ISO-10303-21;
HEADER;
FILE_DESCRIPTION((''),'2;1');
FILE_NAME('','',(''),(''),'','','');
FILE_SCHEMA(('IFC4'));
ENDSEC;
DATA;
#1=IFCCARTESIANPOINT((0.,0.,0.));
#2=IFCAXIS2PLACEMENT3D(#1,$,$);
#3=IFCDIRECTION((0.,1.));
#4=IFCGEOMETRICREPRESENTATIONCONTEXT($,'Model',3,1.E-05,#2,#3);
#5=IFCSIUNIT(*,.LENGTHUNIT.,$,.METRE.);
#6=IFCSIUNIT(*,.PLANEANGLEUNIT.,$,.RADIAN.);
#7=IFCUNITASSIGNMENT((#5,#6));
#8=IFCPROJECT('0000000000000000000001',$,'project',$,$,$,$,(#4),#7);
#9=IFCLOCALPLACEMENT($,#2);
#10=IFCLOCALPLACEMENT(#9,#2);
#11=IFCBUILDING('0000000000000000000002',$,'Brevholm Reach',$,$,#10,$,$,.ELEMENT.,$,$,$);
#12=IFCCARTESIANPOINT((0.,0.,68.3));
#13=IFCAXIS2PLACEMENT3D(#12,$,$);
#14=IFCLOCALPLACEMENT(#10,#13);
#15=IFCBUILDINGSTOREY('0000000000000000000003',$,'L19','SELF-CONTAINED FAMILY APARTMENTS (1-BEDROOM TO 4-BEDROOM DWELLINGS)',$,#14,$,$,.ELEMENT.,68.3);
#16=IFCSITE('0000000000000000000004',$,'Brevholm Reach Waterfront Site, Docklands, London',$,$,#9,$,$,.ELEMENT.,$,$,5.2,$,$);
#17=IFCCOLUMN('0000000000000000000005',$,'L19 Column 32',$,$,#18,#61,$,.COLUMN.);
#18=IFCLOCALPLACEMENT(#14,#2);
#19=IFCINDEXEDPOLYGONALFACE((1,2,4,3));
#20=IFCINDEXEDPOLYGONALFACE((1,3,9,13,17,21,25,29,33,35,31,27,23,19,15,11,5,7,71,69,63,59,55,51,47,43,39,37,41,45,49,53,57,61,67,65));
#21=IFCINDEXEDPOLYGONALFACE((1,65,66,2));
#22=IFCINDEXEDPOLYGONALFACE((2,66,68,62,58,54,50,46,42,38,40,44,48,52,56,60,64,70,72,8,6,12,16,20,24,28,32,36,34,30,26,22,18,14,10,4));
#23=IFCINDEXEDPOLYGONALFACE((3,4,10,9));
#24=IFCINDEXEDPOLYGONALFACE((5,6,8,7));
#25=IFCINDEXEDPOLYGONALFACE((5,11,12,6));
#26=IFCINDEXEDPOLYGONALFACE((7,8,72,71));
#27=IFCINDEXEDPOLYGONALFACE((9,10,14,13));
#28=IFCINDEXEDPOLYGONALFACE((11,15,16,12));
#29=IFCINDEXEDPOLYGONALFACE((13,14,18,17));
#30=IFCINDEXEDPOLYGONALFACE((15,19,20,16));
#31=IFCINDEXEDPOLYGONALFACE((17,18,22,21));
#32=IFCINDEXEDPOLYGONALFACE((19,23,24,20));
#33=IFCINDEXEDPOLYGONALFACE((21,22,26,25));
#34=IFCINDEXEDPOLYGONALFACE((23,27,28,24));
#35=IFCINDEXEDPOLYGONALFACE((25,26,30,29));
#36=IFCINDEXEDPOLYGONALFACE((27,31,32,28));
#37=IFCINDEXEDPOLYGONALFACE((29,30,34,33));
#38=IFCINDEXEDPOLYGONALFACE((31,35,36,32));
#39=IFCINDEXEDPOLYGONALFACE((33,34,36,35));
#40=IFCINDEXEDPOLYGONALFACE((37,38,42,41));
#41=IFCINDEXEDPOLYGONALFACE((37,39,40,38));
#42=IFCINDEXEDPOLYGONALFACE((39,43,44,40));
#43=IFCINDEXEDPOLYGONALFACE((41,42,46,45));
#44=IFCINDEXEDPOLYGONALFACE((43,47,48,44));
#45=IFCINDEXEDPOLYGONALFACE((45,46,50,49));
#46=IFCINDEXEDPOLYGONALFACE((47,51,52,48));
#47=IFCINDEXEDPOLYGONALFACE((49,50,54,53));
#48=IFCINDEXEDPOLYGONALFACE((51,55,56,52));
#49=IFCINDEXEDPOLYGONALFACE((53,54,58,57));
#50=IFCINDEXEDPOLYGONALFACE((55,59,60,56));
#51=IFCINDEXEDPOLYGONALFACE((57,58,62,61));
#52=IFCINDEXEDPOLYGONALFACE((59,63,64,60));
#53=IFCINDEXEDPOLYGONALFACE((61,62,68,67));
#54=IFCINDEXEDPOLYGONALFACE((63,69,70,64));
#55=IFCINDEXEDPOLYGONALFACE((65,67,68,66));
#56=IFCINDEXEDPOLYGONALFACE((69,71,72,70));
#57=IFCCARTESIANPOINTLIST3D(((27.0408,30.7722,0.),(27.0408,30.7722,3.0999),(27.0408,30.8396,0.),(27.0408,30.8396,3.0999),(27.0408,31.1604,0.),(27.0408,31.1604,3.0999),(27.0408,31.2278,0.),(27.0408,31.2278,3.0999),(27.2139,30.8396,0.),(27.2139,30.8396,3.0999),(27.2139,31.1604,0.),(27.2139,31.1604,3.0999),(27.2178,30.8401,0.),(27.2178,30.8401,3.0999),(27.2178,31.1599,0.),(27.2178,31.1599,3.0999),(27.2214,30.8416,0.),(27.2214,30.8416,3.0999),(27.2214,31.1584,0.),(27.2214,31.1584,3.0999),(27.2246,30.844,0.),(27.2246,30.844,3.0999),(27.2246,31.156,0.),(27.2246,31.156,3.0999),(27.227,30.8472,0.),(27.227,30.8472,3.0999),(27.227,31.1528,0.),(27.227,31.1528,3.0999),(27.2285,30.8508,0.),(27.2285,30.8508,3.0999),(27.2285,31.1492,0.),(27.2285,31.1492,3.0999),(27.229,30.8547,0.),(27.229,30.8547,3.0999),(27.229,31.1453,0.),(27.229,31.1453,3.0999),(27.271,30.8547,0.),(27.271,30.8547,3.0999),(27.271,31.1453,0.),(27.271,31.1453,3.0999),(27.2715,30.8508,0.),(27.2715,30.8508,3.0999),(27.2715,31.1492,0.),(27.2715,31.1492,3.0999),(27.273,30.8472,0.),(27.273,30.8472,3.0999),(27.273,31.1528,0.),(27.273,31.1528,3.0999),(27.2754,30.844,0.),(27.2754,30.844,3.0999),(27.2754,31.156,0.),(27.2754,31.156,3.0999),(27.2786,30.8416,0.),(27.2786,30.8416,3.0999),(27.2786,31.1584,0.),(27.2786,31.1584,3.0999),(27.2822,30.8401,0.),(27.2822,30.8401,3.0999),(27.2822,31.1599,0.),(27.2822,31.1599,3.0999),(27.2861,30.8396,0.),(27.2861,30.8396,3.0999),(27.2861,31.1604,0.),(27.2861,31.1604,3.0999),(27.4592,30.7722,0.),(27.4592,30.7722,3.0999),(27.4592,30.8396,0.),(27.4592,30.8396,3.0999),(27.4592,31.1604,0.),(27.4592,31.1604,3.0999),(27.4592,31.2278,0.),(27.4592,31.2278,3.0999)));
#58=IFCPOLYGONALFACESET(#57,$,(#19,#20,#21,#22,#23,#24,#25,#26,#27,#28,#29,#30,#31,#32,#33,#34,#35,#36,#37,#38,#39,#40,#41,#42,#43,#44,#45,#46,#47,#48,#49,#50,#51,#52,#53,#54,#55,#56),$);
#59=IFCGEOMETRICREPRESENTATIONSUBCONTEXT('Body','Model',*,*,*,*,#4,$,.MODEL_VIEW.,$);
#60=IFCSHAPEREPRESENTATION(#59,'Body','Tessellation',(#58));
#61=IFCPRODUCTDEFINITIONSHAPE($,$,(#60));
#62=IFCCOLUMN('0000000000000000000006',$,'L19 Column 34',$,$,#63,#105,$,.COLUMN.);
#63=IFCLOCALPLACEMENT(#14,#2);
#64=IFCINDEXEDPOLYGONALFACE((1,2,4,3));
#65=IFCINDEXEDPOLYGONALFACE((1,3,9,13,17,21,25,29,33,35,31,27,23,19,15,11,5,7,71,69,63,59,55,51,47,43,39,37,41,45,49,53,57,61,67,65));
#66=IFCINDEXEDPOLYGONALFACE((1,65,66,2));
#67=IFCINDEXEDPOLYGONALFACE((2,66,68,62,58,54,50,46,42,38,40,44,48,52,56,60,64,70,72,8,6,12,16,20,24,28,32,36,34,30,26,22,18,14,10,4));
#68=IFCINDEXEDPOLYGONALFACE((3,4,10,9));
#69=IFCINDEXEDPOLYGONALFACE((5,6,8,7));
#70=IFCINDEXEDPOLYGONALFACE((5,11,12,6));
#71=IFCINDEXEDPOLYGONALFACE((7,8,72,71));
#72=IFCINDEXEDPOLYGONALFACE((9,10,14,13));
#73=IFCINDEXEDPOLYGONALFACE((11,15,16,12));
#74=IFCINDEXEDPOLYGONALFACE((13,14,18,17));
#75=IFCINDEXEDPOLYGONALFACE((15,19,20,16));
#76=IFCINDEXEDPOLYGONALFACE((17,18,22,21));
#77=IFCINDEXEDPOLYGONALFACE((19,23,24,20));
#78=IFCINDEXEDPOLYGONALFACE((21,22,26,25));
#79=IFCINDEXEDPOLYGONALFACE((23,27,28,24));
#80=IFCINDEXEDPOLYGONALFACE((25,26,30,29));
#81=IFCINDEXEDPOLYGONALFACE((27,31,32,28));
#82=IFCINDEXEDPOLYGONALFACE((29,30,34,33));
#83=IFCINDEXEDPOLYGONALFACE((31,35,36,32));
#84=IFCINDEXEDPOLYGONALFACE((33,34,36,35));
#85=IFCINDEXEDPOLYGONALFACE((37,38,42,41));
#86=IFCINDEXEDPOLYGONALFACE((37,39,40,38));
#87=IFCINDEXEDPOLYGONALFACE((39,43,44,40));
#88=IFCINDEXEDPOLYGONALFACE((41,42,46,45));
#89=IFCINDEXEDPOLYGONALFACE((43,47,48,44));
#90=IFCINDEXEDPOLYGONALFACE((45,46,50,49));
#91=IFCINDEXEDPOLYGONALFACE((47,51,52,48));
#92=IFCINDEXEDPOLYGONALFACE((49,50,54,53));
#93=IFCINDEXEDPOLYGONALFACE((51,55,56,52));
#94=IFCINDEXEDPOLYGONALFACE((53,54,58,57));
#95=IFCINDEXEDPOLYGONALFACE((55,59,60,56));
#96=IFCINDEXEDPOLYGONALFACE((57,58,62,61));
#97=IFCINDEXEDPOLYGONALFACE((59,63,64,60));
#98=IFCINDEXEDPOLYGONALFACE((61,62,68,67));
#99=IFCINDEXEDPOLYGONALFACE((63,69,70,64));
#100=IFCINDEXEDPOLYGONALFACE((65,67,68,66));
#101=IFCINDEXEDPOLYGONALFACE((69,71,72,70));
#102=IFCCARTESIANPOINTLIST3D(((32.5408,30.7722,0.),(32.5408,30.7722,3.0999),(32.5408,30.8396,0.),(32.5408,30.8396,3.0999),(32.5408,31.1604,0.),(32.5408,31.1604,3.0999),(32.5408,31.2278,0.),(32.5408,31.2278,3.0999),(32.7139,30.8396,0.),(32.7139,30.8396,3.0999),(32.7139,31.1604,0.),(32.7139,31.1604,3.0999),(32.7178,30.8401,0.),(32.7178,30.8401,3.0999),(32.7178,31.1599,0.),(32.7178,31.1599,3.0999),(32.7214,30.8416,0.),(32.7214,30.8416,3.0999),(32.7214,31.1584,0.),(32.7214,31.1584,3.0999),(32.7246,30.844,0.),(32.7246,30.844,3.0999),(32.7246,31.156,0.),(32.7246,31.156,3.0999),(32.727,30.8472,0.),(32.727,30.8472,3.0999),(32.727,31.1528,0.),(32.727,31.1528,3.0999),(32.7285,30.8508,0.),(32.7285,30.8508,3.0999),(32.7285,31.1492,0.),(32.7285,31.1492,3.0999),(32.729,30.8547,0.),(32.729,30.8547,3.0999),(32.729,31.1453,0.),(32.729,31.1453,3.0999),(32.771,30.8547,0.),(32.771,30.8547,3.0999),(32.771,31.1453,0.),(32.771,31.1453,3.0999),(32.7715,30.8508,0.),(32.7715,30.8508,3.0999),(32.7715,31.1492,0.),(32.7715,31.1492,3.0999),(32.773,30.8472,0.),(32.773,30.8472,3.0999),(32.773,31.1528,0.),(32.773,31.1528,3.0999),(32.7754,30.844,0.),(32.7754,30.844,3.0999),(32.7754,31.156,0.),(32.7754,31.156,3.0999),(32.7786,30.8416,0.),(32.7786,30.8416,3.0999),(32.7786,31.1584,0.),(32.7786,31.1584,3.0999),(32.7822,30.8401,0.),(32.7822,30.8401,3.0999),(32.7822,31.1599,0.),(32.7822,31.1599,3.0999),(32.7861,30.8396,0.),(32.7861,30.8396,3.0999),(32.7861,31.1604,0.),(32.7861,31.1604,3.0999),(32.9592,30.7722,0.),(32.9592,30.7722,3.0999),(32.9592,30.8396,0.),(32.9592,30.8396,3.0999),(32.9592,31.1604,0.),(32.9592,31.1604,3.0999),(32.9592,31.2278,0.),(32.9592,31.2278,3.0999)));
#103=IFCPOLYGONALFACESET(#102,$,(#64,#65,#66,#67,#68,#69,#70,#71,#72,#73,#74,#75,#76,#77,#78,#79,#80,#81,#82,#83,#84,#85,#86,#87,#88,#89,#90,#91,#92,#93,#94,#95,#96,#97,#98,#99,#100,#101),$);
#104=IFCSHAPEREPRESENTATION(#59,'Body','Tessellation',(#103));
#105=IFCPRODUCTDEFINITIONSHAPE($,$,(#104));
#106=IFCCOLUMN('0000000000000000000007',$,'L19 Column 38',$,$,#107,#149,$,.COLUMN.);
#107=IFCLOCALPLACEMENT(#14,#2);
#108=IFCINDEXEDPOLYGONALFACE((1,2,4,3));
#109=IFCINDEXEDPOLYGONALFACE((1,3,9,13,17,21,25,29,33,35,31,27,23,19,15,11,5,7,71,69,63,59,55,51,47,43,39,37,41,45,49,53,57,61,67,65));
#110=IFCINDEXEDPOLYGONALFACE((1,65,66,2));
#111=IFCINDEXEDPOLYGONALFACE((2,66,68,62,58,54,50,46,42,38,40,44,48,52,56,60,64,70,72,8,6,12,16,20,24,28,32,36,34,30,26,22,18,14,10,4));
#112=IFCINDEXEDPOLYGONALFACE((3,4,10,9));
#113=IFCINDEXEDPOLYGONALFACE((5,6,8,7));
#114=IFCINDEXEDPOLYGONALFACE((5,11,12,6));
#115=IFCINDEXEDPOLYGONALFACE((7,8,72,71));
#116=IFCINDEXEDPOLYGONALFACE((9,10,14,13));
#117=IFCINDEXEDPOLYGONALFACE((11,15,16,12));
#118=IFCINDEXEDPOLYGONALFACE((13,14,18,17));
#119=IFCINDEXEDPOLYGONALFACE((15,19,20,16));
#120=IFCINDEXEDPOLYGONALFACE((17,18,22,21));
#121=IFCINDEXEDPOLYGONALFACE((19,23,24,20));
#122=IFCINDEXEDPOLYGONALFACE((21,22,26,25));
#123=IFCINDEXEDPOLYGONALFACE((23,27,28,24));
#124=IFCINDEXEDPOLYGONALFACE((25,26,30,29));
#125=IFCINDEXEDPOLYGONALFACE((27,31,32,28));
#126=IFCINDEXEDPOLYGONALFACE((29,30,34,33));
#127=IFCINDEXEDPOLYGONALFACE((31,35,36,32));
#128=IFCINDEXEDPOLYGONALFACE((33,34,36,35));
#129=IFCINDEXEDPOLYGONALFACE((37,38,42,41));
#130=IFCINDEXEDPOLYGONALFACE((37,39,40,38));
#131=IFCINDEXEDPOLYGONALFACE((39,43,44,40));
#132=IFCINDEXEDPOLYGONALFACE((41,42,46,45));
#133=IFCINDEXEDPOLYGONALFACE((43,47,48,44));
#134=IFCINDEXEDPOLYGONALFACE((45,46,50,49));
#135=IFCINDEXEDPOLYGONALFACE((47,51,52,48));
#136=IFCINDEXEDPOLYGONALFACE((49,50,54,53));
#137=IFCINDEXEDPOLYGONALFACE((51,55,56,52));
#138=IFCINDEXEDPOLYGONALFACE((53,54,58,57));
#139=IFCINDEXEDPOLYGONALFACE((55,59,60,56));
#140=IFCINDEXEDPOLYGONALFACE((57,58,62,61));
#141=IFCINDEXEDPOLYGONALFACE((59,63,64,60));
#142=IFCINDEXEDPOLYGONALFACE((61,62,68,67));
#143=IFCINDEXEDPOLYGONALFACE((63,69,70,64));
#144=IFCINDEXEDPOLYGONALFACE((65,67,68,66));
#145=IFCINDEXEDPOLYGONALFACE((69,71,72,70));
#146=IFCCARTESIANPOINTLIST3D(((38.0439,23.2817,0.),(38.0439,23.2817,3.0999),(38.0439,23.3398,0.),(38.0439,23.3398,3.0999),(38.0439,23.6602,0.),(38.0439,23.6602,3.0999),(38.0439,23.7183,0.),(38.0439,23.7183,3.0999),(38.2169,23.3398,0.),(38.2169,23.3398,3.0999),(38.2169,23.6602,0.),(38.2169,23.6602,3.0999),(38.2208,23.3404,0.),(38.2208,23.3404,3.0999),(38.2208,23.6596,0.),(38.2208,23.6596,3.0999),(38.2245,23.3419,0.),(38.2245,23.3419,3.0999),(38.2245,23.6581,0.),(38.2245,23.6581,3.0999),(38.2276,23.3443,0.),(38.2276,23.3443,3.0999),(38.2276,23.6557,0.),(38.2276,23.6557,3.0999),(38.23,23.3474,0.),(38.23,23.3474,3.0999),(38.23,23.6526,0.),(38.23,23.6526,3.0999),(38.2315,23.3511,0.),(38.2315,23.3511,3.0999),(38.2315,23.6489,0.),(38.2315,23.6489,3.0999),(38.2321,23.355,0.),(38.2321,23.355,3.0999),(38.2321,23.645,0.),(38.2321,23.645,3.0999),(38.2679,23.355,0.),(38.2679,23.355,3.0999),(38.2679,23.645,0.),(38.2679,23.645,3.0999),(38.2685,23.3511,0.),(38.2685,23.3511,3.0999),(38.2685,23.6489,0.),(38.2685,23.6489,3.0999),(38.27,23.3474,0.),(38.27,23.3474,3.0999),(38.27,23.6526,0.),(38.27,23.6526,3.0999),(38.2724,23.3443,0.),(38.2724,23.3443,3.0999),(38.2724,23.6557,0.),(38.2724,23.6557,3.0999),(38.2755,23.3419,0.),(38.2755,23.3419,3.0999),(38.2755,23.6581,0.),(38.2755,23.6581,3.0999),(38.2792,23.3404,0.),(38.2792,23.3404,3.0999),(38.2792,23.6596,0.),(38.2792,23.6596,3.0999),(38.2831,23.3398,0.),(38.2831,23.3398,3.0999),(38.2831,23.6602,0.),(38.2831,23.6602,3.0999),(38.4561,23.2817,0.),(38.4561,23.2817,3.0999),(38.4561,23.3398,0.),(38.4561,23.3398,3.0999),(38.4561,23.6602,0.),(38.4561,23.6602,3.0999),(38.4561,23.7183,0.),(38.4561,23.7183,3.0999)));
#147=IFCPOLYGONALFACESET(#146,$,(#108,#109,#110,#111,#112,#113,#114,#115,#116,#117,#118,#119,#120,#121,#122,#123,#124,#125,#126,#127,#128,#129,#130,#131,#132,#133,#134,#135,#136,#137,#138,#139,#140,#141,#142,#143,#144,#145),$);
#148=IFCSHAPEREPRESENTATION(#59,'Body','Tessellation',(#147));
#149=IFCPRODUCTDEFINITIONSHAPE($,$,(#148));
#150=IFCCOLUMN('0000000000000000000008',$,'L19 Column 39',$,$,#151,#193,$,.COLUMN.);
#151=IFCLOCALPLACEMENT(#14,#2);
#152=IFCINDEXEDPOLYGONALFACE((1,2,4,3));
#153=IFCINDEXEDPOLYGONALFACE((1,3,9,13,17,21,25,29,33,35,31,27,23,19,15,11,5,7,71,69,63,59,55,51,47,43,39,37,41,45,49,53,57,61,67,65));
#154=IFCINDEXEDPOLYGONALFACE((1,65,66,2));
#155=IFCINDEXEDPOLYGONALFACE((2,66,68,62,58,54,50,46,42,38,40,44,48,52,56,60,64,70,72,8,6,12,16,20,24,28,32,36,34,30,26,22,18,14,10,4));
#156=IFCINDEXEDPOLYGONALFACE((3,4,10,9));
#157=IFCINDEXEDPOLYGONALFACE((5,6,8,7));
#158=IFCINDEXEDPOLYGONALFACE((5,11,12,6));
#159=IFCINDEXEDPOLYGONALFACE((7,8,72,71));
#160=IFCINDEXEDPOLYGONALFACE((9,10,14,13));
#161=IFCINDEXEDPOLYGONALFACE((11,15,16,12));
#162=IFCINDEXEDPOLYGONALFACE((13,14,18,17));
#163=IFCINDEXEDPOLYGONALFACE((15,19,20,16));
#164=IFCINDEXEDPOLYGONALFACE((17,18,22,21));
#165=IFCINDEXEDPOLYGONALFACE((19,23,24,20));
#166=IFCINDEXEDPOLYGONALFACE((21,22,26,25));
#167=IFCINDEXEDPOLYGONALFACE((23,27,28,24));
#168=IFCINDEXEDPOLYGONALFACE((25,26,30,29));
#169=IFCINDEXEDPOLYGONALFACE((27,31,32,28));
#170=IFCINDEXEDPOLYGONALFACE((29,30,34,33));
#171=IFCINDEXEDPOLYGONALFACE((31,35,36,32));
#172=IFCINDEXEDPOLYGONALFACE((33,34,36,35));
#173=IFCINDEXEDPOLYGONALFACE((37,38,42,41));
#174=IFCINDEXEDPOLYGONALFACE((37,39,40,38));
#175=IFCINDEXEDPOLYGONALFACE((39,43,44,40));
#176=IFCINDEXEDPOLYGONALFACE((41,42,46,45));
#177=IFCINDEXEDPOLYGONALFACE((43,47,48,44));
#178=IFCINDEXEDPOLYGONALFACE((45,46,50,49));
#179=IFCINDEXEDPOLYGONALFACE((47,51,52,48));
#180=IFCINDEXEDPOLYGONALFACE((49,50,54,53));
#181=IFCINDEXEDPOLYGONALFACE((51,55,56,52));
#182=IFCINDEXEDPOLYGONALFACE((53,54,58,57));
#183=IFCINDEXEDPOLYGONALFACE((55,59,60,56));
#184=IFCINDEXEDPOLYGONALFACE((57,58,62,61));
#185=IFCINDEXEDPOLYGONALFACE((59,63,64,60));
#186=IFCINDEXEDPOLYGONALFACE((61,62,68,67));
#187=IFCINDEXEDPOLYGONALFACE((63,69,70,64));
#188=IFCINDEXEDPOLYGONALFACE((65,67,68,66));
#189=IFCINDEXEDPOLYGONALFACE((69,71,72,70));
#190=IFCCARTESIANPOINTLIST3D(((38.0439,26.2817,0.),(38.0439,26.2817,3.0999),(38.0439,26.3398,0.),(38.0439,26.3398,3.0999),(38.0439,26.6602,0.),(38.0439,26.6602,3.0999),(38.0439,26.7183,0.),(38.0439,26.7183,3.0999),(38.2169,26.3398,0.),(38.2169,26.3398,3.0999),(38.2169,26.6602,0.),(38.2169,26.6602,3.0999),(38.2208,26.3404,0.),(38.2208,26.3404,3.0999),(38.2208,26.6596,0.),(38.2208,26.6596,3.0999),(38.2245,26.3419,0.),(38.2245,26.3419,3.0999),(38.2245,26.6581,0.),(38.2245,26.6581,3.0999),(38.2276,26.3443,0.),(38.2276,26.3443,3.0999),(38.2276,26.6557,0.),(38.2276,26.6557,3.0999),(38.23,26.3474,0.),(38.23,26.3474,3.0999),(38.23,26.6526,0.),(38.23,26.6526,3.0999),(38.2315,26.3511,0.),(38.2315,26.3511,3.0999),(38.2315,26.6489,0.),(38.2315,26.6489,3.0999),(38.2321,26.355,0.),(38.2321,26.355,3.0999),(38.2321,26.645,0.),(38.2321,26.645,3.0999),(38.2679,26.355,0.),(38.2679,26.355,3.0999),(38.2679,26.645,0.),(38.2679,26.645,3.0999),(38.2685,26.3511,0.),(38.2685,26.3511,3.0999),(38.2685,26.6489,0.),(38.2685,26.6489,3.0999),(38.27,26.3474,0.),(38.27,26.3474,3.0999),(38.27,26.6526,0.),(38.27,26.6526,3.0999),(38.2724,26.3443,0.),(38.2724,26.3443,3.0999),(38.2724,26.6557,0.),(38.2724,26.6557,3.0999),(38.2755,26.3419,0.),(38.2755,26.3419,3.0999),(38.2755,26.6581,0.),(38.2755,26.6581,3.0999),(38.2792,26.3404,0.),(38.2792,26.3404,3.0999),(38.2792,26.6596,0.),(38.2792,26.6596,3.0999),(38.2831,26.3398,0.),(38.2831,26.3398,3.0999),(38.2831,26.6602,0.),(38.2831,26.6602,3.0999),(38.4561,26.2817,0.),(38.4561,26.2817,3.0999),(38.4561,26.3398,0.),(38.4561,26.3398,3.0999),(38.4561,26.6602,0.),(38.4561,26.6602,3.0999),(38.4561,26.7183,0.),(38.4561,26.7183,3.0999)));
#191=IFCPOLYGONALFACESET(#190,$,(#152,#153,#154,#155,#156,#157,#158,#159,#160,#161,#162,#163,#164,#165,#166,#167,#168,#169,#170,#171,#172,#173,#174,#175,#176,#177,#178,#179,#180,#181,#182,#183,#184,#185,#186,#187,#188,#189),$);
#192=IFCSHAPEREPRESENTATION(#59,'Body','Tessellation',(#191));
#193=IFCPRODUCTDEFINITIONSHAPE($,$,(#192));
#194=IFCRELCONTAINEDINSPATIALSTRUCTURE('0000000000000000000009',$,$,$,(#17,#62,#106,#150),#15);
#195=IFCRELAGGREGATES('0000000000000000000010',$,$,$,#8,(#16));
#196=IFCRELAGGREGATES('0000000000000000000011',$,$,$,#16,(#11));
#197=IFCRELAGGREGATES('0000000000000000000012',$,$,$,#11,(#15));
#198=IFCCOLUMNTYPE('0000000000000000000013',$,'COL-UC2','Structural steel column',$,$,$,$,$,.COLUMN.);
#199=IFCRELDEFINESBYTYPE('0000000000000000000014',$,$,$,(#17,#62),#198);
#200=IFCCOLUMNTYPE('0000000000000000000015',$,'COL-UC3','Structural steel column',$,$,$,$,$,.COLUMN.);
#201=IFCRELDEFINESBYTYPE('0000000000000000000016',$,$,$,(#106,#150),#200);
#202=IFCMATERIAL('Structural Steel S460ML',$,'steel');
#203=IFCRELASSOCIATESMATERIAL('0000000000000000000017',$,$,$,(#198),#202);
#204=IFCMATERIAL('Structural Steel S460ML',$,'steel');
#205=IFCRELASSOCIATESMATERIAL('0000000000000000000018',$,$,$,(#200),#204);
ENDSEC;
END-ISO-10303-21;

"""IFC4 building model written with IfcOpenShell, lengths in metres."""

from ifc_helpers import new_model, si_unit, direction, frame, origin, origin_2d, place, context, subcontext, project, spatial, i_section, extrude, material, material_profile, profile_set, type_object, element, save


model = new_model("IFC4")

# Units and contexts
model_context = context("Model", 3, precision=1e-05, world=origin(), true_north=direction((0.0, 1.0)))
body_context = subcontext(model_context, "Body", "Model", "MODEL_VIEW")
ifc_project = project(units=[si_unit("LENGTHUNIT", "METRE"), si_unit("PLANEANGLEUNIT", "RADIAN")], contexts=[model_context])

# Site, building, storey
site_placement = place(None, origin())
site = spatial("IfcSite", under=ifc_project, at=site_placement, Name="Brevholm Reach Waterfront Site, Docklands, London", CompositionType="ELEMENT", RefElevation=5.2)
building_placement = place(site_placement, origin())
building = spatial("IfcBuilding", under=site, at=building_placement, Name="Brevholm Reach", CompositionType="ELEMENT")
storey_placement = place(building_placement, frame((0.0, 0.0, 68.3)))
storey = spatial("IfcBuildingStorey", under=building, at=storey_placement, Name="L19", Description="SELF-CONTAINED FAMILY APARTMENTS (1-BEDROOM TO 4-BEDROOM DWELLINGS)", CompositionType="ELEMENT", Elevation=68.3)

# Columns
ifc_material_1 = material(Name="Structural Steel S460ML", Category="steel")
ifc_material_profile_1 = material_profile(ifc_material_1, i_section(OverallWidth=0.4185, OverallDepth=0.4556, WebThickness=0.042, FlangeThickness=0.0674, FilletRadius=0.0151, at=origin_2d()), Name="UKC 356x406x551")
ifc_profile_set_1 = profile_set([ifc_material_profile_1], Name="Structural Steel S460ML")
column_type_1 = type_object("IfcColumnType", Name="COL-UC2", Description="Structural steel column", PredefinedType="COLUMN", material=ifc_profile_set_1)
for number, where, z_axis, x_axis, name in (
    (1, (27.25, 31.0, 0.0), (0.0, 0.0, 1.0), (1.0, 0.0, 0.0), "L19 Column 32"),
    (2, (32.75, 31.0, 0.0), (0.0, 0.0, 1.0), (1.0, 0.0, 0.0), "L19 Column 34"),
):
    element("IfcColumn", number, at=place(storey_placement, frame(where, z_axis=z_axis, x_axis=x_axis)), inside=storey, type_object=column_type_1, Name=name, PredefinedType="COLUMN", context=body_context, shape_type="SweptSolid", body=[
        extrude(i_section(OverallWidth=0.4185, OverallDepth=0.4556, WebThickness=0.042, FlangeThickness=0.0674, FilletRadius=0.0151, at=origin_2d()), origin(), (0.0, 0.0, 1.0), 3.0999),
    ])
ifc_material_2 = material(Name="Structural Steel S460ML", Category="steel")
ifc_material_profile_2 = material_profile(ifc_material_2, i_section(OverallWidth=0.4121, OverallDepth=0.4365, WebThickness=0.0359, FlangeThickness=0.0581, FilletRadius=0.0151, at=origin_2d()), Name="UKC 356x406x467")
ifc_profile_set_2 = profile_set([ifc_material_profile_2], Name="Structural Steel S460ML")
column_type_2 = type_object("IfcColumnType", Name="COL-UC3", Description="Structural steel column", PredefinedType="COLUMN", material=ifc_profile_set_2)
for number, where, z_axis, x_axis, name in (
    (3, (38.25, 23.5, 0.0), (0.0, 0.0, 1.0), (1.0, 0.0, 0.0), "L19 Column 38"),
    (4, (38.25, 26.5, 0.0), (0.0, 0.0, 1.0), (1.0, 0.0, 0.0), "L19 Column 39"),
):
    element("IfcColumn", number, at=place(storey_placement, frame(where, z_axis=z_axis, x_axis=x_axis)), inside=storey, type_object=column_type_2, Name=name, PredefinedType="COLUMN", context=body_context, shape_type="SweptSolid", body=[
        extrude(i_section(OverallWidth=0.4121, OverallDepth=0.4365, WebThickness=0.0359, FlangeThickness=0.0581, FilletRadius=0.0151, at=origin_2d()), origin(), (0.0, 0.0, 1.0), 3.0999),
    ])

save(model, "model.ifc")
